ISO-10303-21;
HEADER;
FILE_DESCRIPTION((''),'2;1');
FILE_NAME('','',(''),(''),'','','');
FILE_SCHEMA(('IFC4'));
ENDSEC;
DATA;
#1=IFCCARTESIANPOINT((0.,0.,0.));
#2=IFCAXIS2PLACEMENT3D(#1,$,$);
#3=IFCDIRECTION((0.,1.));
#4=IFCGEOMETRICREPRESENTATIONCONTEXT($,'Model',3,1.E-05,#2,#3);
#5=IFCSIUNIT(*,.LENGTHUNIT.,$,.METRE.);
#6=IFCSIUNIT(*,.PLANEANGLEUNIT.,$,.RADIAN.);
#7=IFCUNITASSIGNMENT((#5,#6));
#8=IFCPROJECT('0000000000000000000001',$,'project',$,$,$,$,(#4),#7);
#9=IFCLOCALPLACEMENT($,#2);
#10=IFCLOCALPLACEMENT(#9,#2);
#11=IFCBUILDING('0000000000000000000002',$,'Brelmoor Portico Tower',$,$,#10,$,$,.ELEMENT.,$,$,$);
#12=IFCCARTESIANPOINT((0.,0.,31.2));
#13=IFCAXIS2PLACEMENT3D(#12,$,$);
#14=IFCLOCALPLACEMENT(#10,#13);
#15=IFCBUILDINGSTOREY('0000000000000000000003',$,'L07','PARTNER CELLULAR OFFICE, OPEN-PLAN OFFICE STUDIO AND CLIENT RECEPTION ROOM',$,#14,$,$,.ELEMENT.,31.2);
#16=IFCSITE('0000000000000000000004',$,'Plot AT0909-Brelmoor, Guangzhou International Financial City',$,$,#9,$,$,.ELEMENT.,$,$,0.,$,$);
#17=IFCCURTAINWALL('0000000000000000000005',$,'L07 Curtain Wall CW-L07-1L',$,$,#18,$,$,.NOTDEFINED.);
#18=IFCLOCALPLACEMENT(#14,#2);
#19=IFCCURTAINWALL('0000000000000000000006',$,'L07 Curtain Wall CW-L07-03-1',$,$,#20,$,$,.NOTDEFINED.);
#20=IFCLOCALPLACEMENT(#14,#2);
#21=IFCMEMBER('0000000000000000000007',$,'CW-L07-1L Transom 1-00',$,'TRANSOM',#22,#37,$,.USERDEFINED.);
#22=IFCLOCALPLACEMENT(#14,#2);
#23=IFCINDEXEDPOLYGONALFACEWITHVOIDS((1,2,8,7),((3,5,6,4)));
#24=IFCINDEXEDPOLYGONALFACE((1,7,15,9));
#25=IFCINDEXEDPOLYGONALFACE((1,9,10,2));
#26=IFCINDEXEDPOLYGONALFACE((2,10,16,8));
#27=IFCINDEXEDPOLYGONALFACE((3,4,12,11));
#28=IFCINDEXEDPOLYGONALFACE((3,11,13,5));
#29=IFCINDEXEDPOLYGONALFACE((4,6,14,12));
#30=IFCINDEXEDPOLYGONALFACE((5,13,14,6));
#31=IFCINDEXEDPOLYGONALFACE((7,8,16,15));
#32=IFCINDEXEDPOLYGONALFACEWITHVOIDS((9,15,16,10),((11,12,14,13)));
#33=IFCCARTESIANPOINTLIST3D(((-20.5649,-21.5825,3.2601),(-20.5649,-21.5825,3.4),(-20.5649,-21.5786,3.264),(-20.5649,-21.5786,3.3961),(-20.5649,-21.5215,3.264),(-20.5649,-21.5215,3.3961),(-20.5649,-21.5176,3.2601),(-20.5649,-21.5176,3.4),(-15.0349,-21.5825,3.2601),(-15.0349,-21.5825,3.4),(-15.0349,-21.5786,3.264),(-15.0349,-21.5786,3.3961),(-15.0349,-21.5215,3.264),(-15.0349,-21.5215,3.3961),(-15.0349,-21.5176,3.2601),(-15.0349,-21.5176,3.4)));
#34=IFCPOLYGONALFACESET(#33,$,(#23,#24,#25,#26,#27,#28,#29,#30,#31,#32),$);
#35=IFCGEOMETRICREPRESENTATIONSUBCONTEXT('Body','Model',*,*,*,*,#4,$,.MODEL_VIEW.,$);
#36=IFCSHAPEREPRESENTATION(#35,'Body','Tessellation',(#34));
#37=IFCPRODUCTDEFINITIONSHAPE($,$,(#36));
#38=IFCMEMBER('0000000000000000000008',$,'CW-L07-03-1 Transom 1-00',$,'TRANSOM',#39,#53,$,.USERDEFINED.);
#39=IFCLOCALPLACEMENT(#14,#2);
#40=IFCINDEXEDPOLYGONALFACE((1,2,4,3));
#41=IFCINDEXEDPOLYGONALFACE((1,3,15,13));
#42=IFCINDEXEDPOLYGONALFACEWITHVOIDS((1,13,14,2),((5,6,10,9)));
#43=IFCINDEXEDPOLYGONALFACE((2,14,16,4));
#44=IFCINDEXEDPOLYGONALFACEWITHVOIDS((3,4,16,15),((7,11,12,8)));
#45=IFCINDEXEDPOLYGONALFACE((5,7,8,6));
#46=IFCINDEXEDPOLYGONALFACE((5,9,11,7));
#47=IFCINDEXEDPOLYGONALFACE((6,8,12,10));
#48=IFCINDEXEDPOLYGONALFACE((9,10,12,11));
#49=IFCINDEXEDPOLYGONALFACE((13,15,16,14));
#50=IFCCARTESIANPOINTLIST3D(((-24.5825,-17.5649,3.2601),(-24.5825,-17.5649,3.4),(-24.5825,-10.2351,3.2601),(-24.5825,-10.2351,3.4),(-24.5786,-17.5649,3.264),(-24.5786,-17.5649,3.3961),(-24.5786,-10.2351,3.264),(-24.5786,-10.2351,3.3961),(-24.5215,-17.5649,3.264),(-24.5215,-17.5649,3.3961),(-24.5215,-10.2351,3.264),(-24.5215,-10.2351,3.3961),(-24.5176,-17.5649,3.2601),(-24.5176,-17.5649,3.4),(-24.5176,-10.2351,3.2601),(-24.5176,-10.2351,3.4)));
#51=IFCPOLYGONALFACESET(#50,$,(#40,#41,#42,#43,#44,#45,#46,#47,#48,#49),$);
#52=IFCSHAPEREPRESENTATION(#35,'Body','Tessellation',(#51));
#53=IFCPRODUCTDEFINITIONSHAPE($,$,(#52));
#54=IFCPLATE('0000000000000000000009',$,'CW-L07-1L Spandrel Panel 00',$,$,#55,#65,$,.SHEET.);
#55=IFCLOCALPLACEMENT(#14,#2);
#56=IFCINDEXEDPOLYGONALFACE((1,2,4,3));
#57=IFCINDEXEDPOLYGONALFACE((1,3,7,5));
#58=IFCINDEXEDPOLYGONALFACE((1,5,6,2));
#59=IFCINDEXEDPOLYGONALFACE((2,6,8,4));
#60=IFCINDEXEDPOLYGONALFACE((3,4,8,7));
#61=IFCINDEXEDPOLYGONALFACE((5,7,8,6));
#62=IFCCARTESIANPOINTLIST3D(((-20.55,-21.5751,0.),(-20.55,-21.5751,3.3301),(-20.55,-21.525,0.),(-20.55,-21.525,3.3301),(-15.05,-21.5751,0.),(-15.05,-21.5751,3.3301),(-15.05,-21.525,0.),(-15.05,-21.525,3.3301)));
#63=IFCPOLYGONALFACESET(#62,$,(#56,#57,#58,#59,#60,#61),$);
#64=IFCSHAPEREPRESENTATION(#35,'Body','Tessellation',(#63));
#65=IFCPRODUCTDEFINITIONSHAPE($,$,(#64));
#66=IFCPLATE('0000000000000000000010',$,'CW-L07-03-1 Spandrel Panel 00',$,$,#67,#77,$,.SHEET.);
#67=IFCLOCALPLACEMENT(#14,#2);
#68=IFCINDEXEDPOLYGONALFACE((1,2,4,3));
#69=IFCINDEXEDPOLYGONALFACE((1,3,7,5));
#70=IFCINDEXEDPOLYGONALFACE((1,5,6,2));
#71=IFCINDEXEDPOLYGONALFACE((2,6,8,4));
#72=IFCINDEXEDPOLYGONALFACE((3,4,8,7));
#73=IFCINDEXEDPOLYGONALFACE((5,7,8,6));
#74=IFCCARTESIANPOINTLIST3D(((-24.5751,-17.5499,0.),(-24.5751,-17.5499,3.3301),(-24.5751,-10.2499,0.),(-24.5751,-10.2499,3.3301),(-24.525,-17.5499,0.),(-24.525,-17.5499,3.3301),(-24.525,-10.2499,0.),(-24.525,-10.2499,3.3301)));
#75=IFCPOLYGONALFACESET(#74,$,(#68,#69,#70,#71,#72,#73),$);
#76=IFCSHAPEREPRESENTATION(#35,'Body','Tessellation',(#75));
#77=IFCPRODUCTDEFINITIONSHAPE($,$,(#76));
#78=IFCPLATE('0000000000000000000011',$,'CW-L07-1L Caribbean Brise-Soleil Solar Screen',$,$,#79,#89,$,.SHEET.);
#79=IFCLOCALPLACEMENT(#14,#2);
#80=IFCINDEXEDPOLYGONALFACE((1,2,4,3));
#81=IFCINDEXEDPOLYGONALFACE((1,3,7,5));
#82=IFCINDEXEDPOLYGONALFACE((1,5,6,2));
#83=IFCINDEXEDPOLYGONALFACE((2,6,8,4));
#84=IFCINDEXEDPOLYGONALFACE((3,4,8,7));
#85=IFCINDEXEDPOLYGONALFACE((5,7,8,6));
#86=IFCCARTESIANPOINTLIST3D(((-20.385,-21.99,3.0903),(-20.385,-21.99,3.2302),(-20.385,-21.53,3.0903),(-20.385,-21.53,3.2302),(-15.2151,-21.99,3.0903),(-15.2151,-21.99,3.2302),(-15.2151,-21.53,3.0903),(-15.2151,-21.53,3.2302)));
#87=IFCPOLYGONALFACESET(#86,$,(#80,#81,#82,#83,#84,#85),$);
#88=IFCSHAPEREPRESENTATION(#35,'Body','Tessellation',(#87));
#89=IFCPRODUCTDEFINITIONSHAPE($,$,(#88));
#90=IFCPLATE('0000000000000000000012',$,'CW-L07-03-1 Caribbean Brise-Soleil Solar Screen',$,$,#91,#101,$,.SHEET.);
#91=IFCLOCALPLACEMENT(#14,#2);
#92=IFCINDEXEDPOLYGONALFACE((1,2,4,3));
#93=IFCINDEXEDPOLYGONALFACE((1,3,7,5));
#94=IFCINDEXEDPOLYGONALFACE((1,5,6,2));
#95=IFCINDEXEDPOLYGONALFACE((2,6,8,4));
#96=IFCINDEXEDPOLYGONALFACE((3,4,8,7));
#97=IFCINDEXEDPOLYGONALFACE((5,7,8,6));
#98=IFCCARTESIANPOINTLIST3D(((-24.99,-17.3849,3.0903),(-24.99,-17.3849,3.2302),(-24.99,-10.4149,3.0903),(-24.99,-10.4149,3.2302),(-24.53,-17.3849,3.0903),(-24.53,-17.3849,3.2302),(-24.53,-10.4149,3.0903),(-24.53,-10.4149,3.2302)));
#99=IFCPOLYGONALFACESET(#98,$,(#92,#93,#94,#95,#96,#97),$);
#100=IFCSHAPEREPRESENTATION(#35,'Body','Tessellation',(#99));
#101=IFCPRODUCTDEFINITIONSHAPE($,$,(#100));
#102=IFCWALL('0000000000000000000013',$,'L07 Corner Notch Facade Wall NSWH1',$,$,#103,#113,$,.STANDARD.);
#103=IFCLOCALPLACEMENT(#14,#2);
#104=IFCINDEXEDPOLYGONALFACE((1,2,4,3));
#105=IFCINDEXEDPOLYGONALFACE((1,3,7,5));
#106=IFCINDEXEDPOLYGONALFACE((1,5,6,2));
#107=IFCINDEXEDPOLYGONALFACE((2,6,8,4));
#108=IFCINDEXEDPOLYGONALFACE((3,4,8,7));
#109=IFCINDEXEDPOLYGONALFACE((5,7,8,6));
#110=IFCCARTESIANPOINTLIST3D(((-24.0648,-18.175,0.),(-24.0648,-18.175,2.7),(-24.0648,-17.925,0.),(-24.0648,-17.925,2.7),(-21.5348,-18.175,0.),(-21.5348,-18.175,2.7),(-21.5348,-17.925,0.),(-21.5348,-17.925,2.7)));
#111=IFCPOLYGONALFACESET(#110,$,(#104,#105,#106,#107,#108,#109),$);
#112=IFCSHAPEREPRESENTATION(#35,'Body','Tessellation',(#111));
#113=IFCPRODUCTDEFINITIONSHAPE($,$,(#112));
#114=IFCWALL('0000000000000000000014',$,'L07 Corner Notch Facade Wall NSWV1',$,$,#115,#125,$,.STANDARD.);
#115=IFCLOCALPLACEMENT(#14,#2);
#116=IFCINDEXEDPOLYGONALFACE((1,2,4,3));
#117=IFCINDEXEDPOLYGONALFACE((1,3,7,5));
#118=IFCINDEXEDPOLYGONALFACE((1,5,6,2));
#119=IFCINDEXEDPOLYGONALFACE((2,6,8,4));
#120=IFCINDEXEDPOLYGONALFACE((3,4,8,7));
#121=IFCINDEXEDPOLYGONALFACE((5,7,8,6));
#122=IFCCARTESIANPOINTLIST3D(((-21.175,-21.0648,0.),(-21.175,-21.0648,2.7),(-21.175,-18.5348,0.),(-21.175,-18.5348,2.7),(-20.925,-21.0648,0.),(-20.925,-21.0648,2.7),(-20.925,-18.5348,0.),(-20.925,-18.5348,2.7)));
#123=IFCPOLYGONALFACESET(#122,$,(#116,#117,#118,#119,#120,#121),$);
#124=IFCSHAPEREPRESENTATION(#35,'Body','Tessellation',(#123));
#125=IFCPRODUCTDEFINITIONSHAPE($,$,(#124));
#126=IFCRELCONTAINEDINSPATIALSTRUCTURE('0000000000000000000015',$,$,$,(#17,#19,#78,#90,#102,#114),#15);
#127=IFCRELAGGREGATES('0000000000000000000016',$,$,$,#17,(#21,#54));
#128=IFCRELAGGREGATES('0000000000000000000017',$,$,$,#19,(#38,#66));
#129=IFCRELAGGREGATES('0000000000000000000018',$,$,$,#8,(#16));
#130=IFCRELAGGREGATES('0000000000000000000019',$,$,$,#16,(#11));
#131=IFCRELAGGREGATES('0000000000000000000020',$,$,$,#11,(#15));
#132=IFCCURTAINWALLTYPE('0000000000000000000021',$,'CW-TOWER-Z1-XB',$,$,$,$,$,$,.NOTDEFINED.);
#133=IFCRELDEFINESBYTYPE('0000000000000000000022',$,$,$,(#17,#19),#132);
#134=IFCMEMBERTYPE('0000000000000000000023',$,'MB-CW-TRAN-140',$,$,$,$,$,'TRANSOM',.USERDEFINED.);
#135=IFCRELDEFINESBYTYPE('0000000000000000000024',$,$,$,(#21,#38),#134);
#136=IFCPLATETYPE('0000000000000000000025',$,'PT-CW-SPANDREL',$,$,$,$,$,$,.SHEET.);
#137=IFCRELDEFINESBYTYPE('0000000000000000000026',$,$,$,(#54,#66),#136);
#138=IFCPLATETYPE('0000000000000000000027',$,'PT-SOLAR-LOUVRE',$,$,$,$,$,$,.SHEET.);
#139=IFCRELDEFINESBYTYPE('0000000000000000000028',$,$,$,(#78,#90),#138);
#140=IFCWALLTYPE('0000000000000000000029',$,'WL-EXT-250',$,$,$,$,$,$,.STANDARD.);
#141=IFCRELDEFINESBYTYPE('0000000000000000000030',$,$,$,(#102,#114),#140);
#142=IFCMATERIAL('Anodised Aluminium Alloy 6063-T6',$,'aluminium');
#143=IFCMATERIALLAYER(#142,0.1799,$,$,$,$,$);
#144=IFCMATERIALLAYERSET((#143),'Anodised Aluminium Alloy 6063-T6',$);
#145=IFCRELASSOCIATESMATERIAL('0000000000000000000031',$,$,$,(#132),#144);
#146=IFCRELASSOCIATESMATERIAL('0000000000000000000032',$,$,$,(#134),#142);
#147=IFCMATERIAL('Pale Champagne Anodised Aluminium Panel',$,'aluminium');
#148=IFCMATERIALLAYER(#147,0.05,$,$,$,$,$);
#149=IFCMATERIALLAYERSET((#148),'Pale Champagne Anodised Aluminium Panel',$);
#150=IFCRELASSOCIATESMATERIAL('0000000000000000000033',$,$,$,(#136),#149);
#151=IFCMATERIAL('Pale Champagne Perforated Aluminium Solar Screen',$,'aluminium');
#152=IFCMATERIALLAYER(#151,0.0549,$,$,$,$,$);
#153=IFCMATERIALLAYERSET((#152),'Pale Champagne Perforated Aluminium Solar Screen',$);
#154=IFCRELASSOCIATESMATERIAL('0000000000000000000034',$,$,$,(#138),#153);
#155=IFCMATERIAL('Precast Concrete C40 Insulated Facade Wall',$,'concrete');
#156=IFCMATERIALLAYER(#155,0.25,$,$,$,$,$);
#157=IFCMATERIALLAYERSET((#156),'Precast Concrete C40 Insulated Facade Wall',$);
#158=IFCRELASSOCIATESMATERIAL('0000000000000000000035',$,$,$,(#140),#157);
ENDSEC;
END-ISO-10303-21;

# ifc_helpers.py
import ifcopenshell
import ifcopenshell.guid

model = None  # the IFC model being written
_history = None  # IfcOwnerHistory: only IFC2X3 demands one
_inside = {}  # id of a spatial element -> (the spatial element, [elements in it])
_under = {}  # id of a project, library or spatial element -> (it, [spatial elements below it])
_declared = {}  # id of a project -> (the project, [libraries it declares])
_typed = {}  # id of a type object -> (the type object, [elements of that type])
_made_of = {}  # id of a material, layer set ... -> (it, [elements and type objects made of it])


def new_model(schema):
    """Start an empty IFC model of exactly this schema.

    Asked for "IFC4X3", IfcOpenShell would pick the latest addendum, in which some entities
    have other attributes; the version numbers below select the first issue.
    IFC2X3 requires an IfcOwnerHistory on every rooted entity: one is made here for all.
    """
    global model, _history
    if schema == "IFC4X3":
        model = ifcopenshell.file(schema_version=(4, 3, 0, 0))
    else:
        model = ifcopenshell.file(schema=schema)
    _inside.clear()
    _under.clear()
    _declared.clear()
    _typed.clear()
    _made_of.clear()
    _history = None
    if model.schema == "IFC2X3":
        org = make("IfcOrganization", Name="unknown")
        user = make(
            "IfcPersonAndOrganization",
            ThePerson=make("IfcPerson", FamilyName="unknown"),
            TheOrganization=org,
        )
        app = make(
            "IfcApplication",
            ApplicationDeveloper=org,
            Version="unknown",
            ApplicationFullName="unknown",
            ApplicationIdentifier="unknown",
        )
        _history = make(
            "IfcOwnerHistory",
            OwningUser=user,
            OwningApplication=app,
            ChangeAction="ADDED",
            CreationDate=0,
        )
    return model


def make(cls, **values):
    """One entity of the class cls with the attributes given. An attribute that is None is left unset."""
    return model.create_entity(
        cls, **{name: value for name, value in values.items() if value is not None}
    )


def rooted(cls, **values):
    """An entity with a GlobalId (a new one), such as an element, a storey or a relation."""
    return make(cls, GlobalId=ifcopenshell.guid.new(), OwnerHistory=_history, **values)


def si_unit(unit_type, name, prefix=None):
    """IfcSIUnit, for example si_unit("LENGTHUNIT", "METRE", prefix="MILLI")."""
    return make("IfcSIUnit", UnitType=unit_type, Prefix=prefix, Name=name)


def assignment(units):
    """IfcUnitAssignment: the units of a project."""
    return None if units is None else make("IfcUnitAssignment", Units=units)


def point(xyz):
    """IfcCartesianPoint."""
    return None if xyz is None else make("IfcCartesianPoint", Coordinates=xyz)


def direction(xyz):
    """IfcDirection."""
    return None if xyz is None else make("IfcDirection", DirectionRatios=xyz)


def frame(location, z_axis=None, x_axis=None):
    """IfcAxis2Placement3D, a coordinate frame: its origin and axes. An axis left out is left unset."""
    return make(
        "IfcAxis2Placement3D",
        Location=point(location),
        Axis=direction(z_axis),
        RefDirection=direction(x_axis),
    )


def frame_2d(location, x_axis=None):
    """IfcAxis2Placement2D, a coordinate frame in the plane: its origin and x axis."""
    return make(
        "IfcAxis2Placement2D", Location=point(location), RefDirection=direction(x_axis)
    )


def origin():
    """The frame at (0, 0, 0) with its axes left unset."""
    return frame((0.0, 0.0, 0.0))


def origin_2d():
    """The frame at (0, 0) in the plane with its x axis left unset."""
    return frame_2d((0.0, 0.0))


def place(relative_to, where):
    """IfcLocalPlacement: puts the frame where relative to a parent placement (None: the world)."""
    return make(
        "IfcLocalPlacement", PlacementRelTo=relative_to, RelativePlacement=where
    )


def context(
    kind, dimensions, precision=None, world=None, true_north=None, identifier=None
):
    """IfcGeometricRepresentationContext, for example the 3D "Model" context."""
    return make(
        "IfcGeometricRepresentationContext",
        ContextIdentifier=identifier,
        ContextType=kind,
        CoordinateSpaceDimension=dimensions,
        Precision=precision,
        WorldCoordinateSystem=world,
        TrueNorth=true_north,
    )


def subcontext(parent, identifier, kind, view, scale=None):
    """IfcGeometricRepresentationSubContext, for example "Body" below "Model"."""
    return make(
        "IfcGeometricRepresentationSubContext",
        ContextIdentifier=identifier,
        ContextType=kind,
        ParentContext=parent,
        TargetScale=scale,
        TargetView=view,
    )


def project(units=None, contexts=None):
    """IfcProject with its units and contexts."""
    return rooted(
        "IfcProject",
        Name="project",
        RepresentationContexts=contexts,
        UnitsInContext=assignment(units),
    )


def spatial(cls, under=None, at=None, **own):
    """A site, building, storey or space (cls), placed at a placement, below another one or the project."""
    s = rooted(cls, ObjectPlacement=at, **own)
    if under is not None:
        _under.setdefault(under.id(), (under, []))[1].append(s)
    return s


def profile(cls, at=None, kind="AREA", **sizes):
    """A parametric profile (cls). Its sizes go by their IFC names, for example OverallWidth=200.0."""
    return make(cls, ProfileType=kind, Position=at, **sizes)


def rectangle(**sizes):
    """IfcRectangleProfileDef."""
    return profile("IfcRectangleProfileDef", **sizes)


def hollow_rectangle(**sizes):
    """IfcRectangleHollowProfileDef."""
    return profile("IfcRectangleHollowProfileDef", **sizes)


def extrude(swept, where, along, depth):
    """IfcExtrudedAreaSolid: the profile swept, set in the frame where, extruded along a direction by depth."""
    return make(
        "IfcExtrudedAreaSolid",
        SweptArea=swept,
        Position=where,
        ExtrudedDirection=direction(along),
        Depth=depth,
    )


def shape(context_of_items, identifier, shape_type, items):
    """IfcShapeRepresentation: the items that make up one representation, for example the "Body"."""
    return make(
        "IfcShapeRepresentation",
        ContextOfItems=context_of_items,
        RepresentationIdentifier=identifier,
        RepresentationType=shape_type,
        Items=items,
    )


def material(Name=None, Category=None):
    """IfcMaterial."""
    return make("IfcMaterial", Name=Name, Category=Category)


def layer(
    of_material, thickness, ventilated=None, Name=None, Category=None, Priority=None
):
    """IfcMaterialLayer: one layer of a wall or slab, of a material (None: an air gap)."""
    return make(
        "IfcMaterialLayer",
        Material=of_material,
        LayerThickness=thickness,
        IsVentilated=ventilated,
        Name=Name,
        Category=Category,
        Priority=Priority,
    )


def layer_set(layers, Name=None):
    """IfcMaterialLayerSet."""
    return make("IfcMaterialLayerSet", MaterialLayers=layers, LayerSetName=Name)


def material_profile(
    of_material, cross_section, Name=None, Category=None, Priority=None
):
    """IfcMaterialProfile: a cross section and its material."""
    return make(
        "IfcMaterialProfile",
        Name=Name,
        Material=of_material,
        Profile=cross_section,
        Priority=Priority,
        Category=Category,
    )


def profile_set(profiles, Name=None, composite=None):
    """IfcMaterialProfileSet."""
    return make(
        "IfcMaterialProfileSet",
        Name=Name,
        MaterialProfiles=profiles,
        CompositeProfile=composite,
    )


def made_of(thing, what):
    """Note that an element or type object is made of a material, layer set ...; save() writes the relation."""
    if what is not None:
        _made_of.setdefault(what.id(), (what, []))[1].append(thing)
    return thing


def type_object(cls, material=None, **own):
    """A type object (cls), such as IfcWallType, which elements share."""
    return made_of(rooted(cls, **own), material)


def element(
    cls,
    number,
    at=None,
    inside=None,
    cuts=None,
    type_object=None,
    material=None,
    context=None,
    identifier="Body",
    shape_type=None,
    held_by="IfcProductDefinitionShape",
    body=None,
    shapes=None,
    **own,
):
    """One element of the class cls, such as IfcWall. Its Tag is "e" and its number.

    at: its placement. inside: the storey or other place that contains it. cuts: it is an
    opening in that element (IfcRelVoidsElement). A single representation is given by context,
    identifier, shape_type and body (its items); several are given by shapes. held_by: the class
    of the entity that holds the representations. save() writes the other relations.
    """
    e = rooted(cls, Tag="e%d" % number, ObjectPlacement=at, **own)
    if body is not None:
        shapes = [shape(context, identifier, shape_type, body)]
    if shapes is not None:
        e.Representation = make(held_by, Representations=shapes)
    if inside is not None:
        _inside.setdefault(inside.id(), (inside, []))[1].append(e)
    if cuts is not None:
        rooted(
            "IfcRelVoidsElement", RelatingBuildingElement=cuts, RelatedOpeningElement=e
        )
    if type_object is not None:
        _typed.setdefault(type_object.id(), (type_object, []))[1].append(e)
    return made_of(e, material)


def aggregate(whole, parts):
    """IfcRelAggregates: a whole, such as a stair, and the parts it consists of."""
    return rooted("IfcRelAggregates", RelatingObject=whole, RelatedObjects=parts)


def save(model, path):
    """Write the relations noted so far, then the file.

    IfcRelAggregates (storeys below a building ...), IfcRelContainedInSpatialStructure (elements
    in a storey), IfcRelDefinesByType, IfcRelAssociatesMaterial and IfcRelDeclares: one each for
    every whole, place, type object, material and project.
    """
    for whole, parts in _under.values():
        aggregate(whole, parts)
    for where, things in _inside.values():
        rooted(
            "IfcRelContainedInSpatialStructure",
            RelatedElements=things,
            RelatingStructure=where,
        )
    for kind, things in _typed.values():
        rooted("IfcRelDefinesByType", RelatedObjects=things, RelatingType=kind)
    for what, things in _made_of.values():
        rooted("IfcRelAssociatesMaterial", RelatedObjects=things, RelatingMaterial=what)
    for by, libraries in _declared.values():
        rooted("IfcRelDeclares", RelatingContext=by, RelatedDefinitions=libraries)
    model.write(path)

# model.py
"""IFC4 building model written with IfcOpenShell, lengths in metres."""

from ifc_helpers import new_model, si_unit, direction, frame, frame_2d, origin, origin_2d, place, context, subcontext, project, spatial, rectangle, hollow_rectangle, extrude, material, layer, layer_set, material_profile, profile_set, type_object, element, aggregate, save


model = new_model("IFC4")

# Units and contexts
model_context = context("Model", 3, precision=1e-05, world=origin(), true_north=direction((0.0, 1.0)))
body_context = subcontext(model_context, "Body", "Model", "MODEL_VIEW")
ifc_project = project(units=[si_unit("LENGTHUNIT", "METRE"), si_unit("PLANEANGLEUNIT", "RADIAN")], contexts=[model_context])

# Site, building, storey
site_placement = place(None, origin())
site = spatial("IfcSite", under=ifc_project, at=site_placement, Name="Plot AT0909-Brelmoor, Guangzhou International Financial City", CompositionType="ELEMENT", RefElevation=0.0)
building_placement = place(site_placement, origin())
building = spatial("IfcBuilding", under=site, at=building_placement, Name="Brelmoor Portico Tower", CompositionType="ELEMENT")
storey_placement = place(building_placement, frame((0.0, 0.0, 31.2)))
storey = spatial("IfcBuildingStorey", under=building, at=storey_placement, Name="L07", Description="PARTNER CELLULAR OFFICE, OPEN-PLAN OFFICE STUDIO AND CLIENT RECEPTION ROOM", CompositionType="ELEMENT", Elevation=31.2)

# Curtain wall
ifc_material_1 = material(Name="Anodised Aluminium Alloy 6063-T6", Category="aluminium")
ifc_layer_1 = layer(ifc_material_1, 0.1799)
ifc_layer_set_1 = layer_set([ifc_layer_1], Name="Anodised Aluminium Alloy 6063-T6")
curtain_wall_type = type_object("IfcCurtainWallType", Name="CW-TOWER-Z1-XB", PredefinedType="NOTDEFINED", material=ifc_layer_set_1)
curtain_wall_1_placement = place(storey_placement, origin())
curtain_wall_1 = element("IfcCurtainWall", 1, at=curtain_wall_1_placement, inside=storey, type_object=curtain_wall_type, Name="L07 Curtain Wall CW-L07-1L", PredefinedType="NOTDEFINED")

# Curtain wall
curtain_wall_2_placement = place(storey_placement, origin())
curtain_wall_2 = element("IfcCurtainWall", 2, at=curtain_wall_2_placement, inside=storey, type_object=curtain_wall_type, Name="L07 Curtain Wall CW-L07-03-1", PredefinedType="NOTDEFINED")

# Members
ifc_material_profile_1 = material_profile(ifc_material_1, hollow_rectangle(XDim=0.0649, YDim=0.1399, WallThickness=0.0039, at=origin_2d()), Name="ALU TRANSOM 65x140")
ifc_profile_set_1 = profile_set([ifc_material_profile_1], Name="Anodised Aluminium Alloy 6063-T6")
member_type_1 = type_object("IfcMemberType", Name="MB-CW-TRAN-140", ElementType="TRANSOM", PredefinedType="USERDEFINED", material=ifc_profile_set_1)
member_1_placement = place(storey_placement, frame((-20.5649, -21.55, 3.3301), z_axis=(1.0, 0.0, 0.0), x_axis=(0.0, 1.0, 0.0)))
member_1 = element("IfcMember", 3, at=member_1_placement, type_object=member_type_1, Name="CW-L07-1L Transom 1-00", ObjectType="TRANSOM", PredefinedType="USERDEFINED", context=body_context, shape_type="SweptSolid", body=[
    extrude(hollow_rectangle(XDim=0.0649, YDim=0.1399, WallThickness=0.0039, at=origin_2d()), origin(), (0.0, 0.0, 1.0), 5.53),
])
member_2_placement = place(storey_placement, frame((-24.55, -17.5649, 3.3301), z_axis=(0.0, 1.0, 0.0), x_axis=(-1.0, 0.0, 0.0)))
member_2 = element("IfcMember", 4, at=member_2_placement, type_object=member_type_1, Name="CW-L07-03-1 Transom 1-00", ObjectType="TRANSOM", PredefinedType="USERDEFINED", context=body_context, shape_type="SweptSolid", body=[
    extrude(hollow_rectangle(XDim=0.0649, YDim=0.1399, WallThickness=0.0039, at=origin_2d()), origin(), (0.0, 0.0, 1.0), 7.3298),
])

# Plates
ifc_material_2 = material(Name="Pale Champagne Anodised Aluminium Panel", Category="aluminium")
ifc_layer_2 = layer(ifc_material_2, 0.05)
ifc_layer_set_2 = layer_set([ifc_layer_2], Name="Pale Champagne Anodised Aluminium Panel")
plate_type_1 = type_object("IfcPlateType", Name="PT-CW-SPANDREL", PredefinedType="SHEET", material=ifc_layer_set_2)
plate_1_placement = place(storey_placement, frame((-17.8, -21.55, 0.0), z_axis=(0.0, 0.0, 1.0), x_axis=(1.0, 0.0, 0.0)))
plate_1 = element("IfcPlate", 5, at=plate_1_placement, type_object=plate_type_1, Name="CW-L07-1L Spandrel Panel 00", PredefinedType="SHEET", context=body_context, shape_type="SweptSolid", body=[
    extrude(rectangle(XDim=5.5, YDim=0.05, at=origin_2d()), origin(), (0.0, 0.0, 1.0), 3.3301),
])
aggregate(curtain_wall_1, [member_1, plate_1])
plate_2_placement = place(storey_placement, frame((-24.55, -13.8999, 0.0), z_axis=(0.0, 0.0, 1.0), x_axis=(0.0, 1.0, 0.0)))
plate_2 = element("IfcPlate", 6, at=plate_2_placement, type_object=plate_type_1, Name="CW-L07-03-1 Spandrel Panel 00", PredefinedType="SHEET", context=body_context, shape_type="SweptSolid", body=[
    extrude(rectangle(XDim=7.3, YDim=0.05, at=origin_2d()), origin(), (0.0, 0.0, 1.0), 3.3301),
])
aggregate(curtain_wall_2, [member_2, plate_2])

# Plates
ifc_material_3 = material(Name="Pale Champagne Perforated Aluminium Solar Screen", Category="aluminium")
ifc_layer_3 = layer(ifc_material_3, 0.0549)
ifc_layer_set_3 = layer_set([ifc_layer_3], Name="Pale Champagne Perforated Aluminium Solar Screen")
plate_type_2 = type_object("IfcPlateType", Name="PT-SOLAR-LOUVRE", PredefinedType="SHEET", material=ifc_layer_set_3)
plate_3_placement = place(storey_placement, frame((-17.8, -21.76, 3.0903), z_axis=(0.0, 0.0, 1.0), x_axis=(1.0, 0.0, 0.0)))
element("IfcPlate", 7, at=plate_3_placement, inside=storey, type_object=plate_type_2, Name="CW-L07-1L Caribbean Brise-Soleil Solar Screen", PredefinedType="SHEET", context=body_context, shape_type="SweptSolid", body=[
    extrude(rectangle(XDim=5.1699, YDim=0.46, at=origin_2d()), origin(), (0.0, 0.0, 1.0), 0.1399),
])
plate_4_placement = place(storey_placement, frame((-24.76, -13.8999, 3.0903), z_axis=(0.0, 0.0, 1.0), x_axis=(0.0, 1.0, 0.0)))
element("IfcPlate", 8, at=plate_4_placement, inside=storey, type_object=plate_type_2, Name="CW-L07-03-1 Caribbean Brise-Soleil Solar Screen", PredefinedType="SHEET", context=body_context, shape_type="SweptSolid", body=[
    extrude(rectangle(XDim=6.97, YDim=0.46, at=origin_2d()), origin(), (0.0, 0.0, 1.0), 0.1399),
])

# Walls
ifc_material_4 = material(Name="Precast Concrete C40 Insulated Facade Wall", Category="concrete")
ifc_layer_4 = layer(ifc_material_4, 0.25)
ifc_layer_set_4 = layer_set([ifc_layer_4], Name="Precast Concrete C40 Insulated Facade Wall")
wall_type_1 = type_object("IfcWallType", Name="WL-EXT-250", PredefinedType="STANDARD", material=ifc_layer_set_4)
for number, where, z_axis, x_axis, name in (
    (9, (-24.0649, -18.05, 0.0), (0.0, 0.0, 1.0), (1.0, 0.0, 0.0), "L07 Corner Notch Facade Wall NSWH1"),
    (10, (-21.05, -21.0649, 0.0), (0.0, 0.0, 1.0), (0.0, 1.0, 0.0), "L07 Corner Notch Facade Wall NSWV1"),
):
    element("IfcWall", number, at=place(storey_placement, frame(where, z_axis=z_axis, x_axis=x_axis)), inside=storey, type_object=wall_type_1, Name=name, PredefinedType="STANDARD", context=body_context, shape_type="SweptSolid", body=[
        extrude(rectangle(XDim=2.53, YDim=0.25, at=frame_2d((1.2651, 0.0))), origin(), (0.0, 0.0, 1.0), 2.7),
    ])

save(model, "model.ifc")
